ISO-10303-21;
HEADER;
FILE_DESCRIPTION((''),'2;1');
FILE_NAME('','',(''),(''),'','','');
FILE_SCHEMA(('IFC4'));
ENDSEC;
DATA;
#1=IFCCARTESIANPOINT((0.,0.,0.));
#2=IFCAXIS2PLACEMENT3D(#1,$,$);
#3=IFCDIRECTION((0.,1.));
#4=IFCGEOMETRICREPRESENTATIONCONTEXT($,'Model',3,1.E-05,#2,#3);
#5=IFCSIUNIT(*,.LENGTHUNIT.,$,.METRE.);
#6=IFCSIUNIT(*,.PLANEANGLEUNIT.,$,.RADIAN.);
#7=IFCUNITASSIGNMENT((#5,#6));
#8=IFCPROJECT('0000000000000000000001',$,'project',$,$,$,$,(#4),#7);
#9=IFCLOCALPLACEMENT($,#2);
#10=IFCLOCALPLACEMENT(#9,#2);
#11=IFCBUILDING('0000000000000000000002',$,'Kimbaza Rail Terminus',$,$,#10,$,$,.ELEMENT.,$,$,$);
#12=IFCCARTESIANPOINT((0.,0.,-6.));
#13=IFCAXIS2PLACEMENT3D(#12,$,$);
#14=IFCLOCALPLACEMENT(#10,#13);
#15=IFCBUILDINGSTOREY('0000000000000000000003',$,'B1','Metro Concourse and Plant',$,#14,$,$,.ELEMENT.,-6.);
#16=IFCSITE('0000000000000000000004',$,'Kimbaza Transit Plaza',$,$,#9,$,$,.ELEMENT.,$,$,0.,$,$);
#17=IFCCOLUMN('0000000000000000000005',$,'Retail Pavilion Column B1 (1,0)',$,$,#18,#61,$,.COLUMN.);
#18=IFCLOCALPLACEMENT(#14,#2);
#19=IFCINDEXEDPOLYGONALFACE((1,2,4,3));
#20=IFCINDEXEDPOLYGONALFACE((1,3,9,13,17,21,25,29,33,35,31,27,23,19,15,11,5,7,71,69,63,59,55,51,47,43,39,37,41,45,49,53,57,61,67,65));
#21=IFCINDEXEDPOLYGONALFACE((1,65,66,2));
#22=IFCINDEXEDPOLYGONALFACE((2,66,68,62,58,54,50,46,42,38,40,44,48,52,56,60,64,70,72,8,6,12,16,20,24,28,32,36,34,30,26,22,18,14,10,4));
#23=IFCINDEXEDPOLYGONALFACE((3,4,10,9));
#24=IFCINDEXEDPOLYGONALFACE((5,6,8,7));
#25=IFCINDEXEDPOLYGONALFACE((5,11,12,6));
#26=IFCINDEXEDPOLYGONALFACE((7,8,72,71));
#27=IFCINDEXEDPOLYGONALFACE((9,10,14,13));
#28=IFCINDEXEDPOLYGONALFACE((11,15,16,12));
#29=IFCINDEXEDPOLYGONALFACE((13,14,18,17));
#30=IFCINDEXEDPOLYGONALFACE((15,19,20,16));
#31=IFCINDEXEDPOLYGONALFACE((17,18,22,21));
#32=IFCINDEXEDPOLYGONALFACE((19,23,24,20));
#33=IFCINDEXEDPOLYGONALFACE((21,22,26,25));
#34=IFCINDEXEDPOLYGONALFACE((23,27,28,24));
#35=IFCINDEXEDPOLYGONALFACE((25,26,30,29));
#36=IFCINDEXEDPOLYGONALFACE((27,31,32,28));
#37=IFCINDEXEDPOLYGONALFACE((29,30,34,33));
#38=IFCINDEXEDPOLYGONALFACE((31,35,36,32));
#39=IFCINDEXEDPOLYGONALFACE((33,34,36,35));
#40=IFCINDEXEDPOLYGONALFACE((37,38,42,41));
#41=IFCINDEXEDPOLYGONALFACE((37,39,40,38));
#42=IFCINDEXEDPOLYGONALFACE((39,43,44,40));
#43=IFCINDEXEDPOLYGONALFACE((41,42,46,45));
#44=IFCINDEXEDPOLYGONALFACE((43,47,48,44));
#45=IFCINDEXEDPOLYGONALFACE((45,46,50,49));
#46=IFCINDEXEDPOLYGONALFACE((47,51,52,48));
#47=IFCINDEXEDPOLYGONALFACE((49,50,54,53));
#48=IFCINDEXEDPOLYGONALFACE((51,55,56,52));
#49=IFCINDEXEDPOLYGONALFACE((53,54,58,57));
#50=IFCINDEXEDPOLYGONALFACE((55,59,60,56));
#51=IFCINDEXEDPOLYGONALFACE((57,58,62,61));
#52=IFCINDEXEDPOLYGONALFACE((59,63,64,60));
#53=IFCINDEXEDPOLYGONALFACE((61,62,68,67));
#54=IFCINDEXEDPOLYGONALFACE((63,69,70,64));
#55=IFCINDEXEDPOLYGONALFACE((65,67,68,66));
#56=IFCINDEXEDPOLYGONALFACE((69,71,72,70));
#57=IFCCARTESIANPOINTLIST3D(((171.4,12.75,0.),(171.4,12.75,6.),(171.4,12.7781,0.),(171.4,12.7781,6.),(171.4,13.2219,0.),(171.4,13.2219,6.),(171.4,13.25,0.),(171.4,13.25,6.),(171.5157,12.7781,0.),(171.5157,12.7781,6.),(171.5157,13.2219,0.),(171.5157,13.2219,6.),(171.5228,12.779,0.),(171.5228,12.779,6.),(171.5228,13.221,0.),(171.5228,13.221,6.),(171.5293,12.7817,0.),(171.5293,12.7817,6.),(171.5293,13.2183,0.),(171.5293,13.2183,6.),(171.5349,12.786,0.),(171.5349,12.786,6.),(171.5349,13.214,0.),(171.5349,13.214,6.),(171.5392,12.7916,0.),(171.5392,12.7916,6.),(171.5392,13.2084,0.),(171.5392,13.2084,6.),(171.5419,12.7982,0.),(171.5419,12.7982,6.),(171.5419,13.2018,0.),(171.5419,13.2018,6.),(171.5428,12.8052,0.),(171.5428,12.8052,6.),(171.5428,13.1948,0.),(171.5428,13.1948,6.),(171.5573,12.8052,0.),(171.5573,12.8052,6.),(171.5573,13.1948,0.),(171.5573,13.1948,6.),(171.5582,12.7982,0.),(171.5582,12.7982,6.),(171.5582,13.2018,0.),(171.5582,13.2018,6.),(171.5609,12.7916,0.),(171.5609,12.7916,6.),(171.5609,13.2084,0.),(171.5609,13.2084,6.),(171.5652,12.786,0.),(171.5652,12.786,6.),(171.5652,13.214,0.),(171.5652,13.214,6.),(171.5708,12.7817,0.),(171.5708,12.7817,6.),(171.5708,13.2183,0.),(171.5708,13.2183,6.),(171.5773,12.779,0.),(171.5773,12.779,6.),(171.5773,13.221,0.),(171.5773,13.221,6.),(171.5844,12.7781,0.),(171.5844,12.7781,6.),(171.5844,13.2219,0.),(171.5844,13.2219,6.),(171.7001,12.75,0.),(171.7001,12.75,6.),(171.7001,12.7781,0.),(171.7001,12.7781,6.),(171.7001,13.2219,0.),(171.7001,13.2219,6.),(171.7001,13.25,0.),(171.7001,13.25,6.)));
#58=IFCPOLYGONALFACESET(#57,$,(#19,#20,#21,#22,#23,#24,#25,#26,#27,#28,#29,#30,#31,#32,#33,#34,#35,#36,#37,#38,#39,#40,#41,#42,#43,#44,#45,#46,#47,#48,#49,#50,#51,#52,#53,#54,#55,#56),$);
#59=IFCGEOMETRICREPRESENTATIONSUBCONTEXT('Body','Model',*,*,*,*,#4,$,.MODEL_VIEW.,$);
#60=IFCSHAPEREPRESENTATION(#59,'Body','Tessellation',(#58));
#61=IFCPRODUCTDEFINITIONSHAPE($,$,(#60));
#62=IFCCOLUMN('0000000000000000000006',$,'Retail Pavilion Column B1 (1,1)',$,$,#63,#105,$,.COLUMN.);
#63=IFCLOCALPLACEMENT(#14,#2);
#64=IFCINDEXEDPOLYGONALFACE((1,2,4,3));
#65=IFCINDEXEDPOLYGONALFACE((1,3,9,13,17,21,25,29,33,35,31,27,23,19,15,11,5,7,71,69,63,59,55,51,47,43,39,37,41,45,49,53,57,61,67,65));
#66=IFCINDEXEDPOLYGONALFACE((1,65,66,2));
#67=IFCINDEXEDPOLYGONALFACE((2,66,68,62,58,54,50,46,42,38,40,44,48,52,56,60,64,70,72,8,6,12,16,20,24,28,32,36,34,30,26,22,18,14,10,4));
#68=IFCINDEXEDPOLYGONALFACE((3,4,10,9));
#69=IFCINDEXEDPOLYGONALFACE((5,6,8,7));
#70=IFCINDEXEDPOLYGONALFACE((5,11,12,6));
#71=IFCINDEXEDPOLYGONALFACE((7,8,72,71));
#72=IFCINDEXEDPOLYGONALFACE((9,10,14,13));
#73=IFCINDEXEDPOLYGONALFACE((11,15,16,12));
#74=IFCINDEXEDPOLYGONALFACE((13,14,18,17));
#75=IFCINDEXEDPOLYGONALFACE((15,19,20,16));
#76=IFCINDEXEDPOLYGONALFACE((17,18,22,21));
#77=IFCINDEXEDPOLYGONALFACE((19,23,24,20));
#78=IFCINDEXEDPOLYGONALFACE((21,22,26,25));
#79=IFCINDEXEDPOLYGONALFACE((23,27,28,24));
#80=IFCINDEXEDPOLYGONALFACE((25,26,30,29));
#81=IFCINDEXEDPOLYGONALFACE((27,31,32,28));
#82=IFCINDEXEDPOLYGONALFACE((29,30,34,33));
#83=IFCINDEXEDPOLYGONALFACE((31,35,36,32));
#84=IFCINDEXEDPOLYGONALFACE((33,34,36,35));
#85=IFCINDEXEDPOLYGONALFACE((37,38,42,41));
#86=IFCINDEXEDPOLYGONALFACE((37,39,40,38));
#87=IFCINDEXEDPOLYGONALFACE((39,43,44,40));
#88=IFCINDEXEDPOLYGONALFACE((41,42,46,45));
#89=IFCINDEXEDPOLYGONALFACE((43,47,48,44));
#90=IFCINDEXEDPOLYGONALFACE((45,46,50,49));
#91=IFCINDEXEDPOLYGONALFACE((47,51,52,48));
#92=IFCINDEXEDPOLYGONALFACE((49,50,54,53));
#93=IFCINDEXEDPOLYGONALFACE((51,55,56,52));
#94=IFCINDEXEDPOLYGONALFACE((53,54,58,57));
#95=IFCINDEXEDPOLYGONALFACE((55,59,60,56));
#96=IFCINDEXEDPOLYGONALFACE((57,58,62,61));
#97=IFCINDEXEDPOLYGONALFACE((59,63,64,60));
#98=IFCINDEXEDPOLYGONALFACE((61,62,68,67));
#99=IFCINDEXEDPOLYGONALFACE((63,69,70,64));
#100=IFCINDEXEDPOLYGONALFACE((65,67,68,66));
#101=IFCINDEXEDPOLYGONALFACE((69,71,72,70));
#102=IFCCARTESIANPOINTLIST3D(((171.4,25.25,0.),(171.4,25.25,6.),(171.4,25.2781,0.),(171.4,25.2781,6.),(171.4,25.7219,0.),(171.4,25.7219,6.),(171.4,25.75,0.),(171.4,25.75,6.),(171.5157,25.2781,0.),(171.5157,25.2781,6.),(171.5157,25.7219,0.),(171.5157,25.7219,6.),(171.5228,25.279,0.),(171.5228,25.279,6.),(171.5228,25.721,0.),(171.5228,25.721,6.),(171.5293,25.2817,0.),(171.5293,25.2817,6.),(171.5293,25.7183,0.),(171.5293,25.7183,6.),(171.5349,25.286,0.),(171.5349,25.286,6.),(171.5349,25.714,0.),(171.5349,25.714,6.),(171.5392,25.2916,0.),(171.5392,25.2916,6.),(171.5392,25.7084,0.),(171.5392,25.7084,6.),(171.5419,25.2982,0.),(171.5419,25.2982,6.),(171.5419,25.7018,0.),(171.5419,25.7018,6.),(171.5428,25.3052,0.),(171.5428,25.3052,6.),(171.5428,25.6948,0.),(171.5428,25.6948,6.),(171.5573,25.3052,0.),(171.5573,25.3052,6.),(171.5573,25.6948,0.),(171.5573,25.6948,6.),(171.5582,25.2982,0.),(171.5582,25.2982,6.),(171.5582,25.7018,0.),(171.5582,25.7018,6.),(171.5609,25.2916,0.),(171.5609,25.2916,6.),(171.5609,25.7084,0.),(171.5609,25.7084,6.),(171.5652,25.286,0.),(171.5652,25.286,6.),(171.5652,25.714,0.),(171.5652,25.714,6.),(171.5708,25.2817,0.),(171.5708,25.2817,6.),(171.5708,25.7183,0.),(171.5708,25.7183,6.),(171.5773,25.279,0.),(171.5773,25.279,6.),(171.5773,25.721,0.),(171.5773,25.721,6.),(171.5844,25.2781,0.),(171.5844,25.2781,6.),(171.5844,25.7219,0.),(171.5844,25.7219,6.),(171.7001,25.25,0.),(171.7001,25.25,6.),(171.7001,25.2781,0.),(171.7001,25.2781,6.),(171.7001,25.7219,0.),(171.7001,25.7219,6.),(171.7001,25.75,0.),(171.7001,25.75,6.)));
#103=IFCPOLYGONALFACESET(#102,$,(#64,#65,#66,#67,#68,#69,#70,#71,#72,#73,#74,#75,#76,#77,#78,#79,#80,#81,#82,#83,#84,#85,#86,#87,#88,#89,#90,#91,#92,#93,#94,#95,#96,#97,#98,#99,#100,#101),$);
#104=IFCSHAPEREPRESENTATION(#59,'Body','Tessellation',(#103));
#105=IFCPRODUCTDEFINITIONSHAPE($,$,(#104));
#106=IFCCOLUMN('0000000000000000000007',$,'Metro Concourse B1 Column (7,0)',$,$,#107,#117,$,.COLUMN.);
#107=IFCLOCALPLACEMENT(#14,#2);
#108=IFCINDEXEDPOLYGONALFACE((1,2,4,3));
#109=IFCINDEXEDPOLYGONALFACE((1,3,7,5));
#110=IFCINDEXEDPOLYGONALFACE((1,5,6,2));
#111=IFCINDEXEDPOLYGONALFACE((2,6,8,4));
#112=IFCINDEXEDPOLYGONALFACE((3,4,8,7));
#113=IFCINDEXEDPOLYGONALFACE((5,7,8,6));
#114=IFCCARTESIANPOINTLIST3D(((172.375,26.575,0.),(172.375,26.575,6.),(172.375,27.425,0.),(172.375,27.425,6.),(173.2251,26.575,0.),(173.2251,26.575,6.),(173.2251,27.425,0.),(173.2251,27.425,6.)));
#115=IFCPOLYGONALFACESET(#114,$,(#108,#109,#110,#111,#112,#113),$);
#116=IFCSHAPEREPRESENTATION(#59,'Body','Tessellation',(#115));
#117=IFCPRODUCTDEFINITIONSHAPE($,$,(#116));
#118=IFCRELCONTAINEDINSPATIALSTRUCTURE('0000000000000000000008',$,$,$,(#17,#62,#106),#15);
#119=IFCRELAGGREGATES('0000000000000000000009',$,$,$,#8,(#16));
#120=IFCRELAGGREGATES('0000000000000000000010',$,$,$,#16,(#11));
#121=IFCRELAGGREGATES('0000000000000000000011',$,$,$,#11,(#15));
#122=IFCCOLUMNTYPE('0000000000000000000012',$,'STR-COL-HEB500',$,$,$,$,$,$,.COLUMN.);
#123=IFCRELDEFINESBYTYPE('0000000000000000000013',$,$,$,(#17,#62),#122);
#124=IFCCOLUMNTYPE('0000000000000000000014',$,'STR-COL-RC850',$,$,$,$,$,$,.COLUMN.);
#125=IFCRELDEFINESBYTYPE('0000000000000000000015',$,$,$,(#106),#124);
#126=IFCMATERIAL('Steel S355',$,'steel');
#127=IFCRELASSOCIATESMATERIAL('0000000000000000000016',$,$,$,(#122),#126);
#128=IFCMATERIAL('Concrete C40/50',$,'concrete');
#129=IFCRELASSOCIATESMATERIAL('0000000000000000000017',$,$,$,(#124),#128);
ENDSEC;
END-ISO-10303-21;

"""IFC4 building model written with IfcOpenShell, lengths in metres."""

from ifc_helpers import new_model, si_unit, direction, frame, origin, origin_2d, place, context, subcontext, project, spatial, rectangle, i_section, extrude, material, material_profile, profile_set, type_object, element, save


model = new_model("IFC4")

# Units and contexts
model_context = context("Model", 3, precision=1e-05, world=origin(), true_north=direction((0.0, 1.0)))
body_context = subcontext(model_context, "Body", "Model", "MODEL_VIEW")
ifc_project = project(units=[si_unit("LENGTHUNIT", "METRE"), si_unit("PLANEANGLEUNIT", "RADIAN")], contexts=[model_context])

# Site, building, storey
site_placement = place(None, origin())
site = spatial("IfcSite", under=ifc_project, at=site_placement, Name="Kimbaza Transit Plaza", CompositionType="ELEMENT", RefElevation=0.0)
building_placement = place(site_placement, origin())
building = spatial("IfcBuilding", under=site, at=building_placement, Name="Kimbaza Rail Terminus", CompositionType="ELEMENT")
storey_placement = place(building_placement, frame((0.0, 0.0, -6.0)))
storey = spatial("IfcBuildingStorey", under=building, at=storey_placement, Name="B1", Description="Metro Concourse and Plant", CompositionType="ELEMENT", Elevation=-6.0)

# Columns
ifc_material_1 = material(Name="Steel S355", Category="steel")
ifc_material_profile_1 = material_profile(ifc_material_1, i_section(OverallWidth=0.3, OverallDepth=0.5, WebThickness=0.0144, FlangeThickness=0.0281, FilletRadius=0.0271, at=origin_2d()), Name="HEB 500")
ifc_profile_set_1 = profile_set([ifc_material_profile_1], Name="Steel S355")
column_type_1 = type_object("IfcColumnType", Name="STR-COL-HEB500", PredefinedType="COLUMN", material=ifc_profile_set_1)
for number, where, z_axis, x_axis, name in (
    (1, (171.55, 13.0, 0.0), (0.0, 0.0, 1.0), (1.0, 0.0, 0.0), "Retail Pavilion Column B1 (1,0)"),
    (2, (171.55, 25.5, 0.0), (0.0, 0.0, 1.0), (1.0, 0.0, 0.0), "Retail Pavilion Column B1 (1,1)"),
):
    element("IfcColumn", number, at=place(storey_placement, frame(where, z_axis=z_axis, x_axis=x_axis)), inside=storey, type_object=column_type_1, Name=name, PredefinedType="COLUMN", context=body_context, shape_type="SweptSolid", body=[
        extrude(i_section(OverallWidth=0.3, OverallDepth=0.5, WebThickness=0.0144, FlangeThickness=0.0281, FilletRadius=0.0271, at=origin_2d()), origin(), (0.0, 0.0, 1.0), 6.0),
    ])
ifc_material_2 = material(Name="Concrete C40/50", Category="concrete")
ifc_material_profile_2 = material_profile(ifc_material_2, rectangle(XDim=0.8501, YDim=0.8501, at=origin_2d()), Name="RC 850x850")
ifc_profile_set_2 = profile_set([ifc_material_profile_2], Name="Concrete C40/50")
column_type_2 = type_object("IfcColumnType", Name="STR-COL-RC850", PredefinedType="COLUMN", material=ifc_profile_set_2)
column_placement = place(storey_placement, frame((172.8, 27.0, 0.0), z_axis=(0.0, 0.0, 1.0), x_axis=(1.0, 0.0, 0.0)))
element("IfcColumn", 3, at=column_placement, inside=storey, type_object=column_type_2, Name="Metro Concourse B1 Column (7,0)", PredefinedType="COLUMN", context=body_context, shape_type="SweptSolid", body=[
    extrude(rectangle(XDim=0.8501, YDim=0.8501, at=origin_2d()), origin(), (0.0, 0.0, 1.0), 6.0),
])

save(model, "model.ifc")
